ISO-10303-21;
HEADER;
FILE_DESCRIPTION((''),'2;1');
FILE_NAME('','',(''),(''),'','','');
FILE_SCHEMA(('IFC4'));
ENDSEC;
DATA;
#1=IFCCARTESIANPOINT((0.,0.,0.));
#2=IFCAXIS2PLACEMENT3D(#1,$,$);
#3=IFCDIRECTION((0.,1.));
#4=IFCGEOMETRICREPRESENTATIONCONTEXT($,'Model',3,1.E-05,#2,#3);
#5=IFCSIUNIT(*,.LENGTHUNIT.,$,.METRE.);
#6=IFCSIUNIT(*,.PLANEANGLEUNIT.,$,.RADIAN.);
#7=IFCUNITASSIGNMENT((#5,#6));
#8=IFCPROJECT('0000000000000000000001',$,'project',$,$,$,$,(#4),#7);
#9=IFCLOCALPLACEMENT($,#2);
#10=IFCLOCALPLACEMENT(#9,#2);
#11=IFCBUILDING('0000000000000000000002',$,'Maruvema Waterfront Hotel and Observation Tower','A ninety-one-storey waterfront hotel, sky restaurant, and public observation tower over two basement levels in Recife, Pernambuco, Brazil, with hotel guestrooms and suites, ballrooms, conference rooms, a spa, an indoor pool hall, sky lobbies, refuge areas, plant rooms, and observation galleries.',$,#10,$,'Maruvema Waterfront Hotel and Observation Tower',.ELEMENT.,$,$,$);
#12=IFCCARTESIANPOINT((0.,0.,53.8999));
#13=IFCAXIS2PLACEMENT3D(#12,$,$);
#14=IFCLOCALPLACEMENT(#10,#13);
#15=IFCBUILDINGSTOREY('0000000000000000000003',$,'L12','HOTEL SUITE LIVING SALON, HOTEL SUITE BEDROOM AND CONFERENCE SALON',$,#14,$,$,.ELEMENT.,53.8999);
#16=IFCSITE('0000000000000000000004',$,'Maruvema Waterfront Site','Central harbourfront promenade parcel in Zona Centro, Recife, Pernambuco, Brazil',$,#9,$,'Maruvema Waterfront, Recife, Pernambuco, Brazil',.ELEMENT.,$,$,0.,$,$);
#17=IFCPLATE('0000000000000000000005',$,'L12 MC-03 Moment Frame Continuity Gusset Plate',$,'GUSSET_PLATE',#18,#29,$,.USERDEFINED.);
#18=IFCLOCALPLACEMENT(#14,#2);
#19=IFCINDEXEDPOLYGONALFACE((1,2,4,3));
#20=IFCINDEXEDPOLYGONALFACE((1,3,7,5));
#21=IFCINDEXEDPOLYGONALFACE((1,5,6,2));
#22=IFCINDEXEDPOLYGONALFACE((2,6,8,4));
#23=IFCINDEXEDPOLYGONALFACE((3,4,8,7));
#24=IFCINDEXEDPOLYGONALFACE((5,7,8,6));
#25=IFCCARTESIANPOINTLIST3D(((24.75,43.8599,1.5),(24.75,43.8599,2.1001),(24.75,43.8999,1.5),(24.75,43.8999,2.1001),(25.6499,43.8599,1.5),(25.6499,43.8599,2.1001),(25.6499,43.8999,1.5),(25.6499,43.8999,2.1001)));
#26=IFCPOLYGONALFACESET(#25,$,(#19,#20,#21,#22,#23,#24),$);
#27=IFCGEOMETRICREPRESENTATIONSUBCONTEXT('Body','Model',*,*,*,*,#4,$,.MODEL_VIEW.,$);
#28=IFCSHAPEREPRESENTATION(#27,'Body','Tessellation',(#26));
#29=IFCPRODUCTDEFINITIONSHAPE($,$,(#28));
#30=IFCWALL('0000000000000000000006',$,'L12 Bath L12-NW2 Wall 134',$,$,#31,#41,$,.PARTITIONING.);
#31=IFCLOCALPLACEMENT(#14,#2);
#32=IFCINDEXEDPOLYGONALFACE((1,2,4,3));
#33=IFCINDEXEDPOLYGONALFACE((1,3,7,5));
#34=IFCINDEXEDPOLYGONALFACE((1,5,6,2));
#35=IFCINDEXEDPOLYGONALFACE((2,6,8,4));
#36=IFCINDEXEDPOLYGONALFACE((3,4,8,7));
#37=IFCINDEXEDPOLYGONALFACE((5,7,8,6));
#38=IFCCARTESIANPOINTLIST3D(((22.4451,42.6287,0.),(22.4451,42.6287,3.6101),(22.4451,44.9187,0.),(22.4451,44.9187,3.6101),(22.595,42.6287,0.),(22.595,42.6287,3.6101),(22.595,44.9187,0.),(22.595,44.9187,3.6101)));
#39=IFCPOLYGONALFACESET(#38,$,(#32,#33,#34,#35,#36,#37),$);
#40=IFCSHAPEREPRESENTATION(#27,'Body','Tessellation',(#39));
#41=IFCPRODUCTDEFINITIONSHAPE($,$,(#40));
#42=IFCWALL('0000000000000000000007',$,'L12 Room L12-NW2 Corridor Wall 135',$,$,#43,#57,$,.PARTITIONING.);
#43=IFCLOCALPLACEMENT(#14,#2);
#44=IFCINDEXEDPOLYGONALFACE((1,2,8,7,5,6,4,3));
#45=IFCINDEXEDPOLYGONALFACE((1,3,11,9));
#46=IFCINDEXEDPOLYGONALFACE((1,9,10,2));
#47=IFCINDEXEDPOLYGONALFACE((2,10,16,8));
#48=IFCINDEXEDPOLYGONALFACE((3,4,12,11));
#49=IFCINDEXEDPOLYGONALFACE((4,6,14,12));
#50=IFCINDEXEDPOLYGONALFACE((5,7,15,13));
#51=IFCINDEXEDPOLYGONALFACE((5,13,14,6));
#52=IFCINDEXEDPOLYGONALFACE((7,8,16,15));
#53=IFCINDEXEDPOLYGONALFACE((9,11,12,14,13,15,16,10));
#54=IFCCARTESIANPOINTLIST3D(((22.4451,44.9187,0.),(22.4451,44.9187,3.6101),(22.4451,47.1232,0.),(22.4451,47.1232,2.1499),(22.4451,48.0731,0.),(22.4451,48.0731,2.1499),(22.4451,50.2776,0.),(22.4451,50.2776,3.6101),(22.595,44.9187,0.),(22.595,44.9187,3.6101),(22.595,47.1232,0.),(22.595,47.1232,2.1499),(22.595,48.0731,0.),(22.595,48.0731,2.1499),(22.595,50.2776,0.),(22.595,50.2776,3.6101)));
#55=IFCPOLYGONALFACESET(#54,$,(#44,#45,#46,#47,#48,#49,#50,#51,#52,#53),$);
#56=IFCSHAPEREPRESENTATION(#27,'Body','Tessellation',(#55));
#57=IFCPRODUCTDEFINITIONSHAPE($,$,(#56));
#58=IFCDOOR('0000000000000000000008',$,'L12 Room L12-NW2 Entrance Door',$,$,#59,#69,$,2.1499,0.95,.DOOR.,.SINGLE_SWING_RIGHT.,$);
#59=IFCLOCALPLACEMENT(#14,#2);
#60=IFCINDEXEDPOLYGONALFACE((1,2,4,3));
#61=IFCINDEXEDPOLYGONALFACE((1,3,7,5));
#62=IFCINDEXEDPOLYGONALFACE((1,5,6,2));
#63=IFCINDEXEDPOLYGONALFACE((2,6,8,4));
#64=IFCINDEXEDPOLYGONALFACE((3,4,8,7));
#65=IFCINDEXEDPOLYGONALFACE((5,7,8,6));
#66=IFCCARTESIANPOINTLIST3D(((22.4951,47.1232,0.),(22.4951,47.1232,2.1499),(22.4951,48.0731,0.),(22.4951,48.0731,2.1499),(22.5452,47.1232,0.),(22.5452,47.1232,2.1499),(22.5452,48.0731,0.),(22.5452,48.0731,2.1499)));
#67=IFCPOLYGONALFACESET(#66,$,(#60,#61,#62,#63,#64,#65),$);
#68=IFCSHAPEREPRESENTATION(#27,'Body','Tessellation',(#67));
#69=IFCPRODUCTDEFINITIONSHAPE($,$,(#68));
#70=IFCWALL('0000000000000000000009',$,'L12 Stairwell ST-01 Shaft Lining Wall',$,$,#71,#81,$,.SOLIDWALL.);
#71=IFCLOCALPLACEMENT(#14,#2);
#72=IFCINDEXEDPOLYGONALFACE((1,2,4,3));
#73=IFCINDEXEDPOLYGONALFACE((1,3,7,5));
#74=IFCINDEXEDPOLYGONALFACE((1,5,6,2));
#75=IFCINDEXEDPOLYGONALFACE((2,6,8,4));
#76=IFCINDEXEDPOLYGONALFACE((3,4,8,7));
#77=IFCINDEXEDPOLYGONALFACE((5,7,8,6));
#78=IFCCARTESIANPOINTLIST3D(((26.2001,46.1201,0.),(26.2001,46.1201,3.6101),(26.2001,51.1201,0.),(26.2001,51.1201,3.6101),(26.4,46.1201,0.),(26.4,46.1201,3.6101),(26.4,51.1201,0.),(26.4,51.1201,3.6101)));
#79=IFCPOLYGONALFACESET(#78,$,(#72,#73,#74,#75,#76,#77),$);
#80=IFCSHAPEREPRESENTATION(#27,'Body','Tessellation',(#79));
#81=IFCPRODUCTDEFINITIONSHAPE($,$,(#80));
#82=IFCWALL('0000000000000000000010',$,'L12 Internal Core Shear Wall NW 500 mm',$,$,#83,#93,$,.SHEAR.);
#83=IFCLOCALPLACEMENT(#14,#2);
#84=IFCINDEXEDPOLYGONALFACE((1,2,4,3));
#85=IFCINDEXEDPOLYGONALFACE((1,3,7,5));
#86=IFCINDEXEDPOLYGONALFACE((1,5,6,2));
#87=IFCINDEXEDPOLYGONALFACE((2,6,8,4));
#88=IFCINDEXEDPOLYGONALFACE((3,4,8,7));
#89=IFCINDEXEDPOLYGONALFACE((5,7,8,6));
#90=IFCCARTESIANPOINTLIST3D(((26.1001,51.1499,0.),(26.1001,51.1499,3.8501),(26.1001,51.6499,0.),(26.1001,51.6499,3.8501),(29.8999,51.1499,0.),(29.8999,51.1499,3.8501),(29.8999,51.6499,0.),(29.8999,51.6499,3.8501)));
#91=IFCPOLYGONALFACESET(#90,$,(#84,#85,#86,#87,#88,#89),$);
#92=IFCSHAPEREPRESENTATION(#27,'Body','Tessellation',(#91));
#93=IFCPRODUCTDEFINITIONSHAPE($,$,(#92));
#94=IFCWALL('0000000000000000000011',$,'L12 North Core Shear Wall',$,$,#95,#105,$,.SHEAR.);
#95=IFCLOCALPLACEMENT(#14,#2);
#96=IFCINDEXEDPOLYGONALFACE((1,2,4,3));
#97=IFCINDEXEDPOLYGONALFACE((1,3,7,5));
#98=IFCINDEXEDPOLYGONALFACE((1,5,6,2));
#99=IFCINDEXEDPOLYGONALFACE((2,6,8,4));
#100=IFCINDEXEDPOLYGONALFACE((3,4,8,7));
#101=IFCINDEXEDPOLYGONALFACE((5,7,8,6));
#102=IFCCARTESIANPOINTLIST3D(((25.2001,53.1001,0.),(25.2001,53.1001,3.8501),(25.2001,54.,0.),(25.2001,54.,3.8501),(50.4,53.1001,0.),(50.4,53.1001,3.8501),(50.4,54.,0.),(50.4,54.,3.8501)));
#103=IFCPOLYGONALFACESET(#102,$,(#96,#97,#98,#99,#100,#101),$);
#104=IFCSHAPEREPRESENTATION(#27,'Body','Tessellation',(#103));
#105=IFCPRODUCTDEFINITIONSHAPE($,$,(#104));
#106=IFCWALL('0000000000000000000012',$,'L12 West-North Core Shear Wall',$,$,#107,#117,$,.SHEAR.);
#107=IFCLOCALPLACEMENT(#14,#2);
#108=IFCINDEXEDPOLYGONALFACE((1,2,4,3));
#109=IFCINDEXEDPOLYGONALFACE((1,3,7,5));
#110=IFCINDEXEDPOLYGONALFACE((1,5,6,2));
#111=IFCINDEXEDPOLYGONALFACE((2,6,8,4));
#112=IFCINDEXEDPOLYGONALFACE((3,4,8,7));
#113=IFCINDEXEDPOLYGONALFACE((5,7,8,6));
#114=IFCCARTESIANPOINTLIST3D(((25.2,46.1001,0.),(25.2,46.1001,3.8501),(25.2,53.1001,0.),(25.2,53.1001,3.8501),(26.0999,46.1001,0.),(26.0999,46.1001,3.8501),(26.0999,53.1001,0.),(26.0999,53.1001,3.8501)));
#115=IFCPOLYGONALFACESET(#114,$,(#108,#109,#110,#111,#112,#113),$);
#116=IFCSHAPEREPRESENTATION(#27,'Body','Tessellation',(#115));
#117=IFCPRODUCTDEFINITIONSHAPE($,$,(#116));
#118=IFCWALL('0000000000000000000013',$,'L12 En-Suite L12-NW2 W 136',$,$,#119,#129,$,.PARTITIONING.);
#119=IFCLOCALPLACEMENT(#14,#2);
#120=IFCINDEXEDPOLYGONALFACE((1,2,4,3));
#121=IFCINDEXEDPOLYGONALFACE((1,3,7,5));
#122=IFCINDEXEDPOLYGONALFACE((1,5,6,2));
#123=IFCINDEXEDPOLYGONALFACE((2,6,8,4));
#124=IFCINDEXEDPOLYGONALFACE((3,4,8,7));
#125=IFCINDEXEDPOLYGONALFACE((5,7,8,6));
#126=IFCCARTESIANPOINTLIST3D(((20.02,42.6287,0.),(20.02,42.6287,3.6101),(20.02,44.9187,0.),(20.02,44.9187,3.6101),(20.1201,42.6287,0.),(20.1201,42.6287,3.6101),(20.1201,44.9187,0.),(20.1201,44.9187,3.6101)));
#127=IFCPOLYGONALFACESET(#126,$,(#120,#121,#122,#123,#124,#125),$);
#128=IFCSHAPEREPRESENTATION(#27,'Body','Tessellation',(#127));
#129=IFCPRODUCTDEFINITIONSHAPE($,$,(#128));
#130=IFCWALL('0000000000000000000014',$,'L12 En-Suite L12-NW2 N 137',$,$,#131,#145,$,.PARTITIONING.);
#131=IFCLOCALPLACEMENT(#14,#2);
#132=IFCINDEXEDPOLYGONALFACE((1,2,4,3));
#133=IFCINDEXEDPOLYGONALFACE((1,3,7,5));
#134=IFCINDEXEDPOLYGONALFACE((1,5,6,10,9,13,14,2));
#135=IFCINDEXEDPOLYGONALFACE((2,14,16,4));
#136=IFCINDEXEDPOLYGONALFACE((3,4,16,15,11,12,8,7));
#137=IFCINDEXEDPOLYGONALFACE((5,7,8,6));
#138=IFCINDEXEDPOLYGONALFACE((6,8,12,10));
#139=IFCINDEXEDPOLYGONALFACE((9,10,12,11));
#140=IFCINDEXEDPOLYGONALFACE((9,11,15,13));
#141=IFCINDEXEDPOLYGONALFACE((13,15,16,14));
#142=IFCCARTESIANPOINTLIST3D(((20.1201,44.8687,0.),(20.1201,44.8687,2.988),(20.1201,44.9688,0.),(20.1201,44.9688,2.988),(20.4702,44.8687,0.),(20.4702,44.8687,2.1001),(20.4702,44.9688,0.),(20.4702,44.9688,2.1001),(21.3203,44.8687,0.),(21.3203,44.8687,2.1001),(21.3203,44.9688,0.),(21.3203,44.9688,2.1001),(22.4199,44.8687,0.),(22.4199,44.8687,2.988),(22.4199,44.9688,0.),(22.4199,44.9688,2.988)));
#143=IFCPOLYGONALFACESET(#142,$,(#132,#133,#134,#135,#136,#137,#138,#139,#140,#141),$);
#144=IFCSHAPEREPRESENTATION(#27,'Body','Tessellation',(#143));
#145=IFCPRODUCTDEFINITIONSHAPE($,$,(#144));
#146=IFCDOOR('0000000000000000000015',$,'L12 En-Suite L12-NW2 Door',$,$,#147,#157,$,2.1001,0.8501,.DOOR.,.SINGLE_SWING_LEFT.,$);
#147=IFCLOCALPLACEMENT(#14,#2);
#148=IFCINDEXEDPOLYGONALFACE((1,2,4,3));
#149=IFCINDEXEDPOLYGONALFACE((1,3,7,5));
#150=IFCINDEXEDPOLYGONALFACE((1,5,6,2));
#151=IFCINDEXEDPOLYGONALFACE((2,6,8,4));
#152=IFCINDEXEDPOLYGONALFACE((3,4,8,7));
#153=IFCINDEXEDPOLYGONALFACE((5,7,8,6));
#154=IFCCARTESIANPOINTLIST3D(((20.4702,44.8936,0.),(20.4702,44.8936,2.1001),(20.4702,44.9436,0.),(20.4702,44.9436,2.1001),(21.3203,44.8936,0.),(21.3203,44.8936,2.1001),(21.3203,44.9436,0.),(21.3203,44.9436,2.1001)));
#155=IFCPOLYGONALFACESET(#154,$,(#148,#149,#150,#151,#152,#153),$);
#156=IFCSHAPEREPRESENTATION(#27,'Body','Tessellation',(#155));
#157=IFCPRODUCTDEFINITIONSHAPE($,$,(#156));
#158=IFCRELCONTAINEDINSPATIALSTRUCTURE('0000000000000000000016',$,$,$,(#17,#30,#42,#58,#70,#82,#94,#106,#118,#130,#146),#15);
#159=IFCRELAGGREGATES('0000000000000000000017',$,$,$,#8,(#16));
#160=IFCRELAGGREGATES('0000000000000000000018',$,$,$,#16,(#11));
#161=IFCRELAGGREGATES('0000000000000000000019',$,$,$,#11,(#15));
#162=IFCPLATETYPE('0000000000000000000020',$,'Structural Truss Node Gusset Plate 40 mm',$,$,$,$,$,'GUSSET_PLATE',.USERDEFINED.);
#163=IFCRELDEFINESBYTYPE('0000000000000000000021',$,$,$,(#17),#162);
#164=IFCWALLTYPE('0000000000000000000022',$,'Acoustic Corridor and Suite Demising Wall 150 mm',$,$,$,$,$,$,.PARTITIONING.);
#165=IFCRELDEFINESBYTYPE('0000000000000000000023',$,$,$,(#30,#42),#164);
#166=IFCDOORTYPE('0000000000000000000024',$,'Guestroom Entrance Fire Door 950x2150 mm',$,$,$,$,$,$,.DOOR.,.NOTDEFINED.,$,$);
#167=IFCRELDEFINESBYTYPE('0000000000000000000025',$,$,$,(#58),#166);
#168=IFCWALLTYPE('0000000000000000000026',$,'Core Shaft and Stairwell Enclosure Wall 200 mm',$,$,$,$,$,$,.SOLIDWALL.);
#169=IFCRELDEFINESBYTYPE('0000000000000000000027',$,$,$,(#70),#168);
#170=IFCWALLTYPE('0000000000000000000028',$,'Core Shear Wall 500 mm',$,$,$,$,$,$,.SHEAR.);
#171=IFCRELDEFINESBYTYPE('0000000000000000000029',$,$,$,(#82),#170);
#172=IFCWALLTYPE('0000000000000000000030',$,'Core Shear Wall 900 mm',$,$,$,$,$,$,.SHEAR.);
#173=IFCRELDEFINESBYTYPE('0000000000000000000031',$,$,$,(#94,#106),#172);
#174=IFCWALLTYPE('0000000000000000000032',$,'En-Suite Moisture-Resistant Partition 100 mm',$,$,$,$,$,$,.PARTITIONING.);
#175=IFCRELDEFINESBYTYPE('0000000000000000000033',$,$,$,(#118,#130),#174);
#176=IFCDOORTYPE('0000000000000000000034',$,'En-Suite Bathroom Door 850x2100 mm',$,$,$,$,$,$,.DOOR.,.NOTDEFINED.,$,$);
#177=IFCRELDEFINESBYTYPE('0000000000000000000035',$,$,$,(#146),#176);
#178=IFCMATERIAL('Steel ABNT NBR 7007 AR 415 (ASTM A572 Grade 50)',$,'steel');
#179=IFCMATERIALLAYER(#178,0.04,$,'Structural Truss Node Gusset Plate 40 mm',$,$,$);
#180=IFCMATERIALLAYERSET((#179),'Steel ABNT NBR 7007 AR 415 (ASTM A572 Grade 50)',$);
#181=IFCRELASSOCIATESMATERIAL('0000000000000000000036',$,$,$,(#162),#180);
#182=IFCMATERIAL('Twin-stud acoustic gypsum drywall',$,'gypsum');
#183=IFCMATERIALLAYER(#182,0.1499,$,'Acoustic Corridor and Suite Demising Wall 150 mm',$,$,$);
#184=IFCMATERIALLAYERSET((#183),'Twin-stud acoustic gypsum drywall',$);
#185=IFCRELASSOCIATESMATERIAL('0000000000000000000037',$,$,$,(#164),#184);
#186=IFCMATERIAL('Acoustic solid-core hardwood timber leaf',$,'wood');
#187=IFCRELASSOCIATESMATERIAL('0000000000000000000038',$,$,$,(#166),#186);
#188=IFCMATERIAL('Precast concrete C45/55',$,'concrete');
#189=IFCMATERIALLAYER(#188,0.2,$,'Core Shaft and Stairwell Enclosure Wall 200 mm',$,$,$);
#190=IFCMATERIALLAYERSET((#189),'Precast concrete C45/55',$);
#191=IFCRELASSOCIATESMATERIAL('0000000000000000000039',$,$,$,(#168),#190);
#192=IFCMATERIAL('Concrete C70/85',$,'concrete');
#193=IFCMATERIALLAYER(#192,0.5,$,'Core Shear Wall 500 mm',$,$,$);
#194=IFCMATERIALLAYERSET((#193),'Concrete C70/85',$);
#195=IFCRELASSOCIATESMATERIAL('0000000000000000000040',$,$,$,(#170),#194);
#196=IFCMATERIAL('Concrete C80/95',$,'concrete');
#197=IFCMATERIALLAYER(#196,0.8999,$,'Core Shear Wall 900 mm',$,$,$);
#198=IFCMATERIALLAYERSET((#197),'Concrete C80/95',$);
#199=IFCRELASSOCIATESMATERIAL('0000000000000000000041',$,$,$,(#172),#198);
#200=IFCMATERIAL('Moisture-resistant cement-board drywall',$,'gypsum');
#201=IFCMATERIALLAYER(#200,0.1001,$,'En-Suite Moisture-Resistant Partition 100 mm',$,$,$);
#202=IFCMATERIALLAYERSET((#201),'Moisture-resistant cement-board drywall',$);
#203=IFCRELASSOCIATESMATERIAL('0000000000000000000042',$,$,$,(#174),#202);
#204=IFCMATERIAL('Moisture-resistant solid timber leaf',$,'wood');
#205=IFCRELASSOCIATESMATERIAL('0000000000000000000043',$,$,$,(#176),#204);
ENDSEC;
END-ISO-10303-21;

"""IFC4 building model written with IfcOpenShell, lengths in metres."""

from ifc_helpers import new_model, si_unit, direction, frame, frame_2d, origin, origin_2d, place, context, subcontext, project, spatial, rectangle, extrude, material, layer, layer_set, type_object, element, fill, save


model = new_model("IFC4")

# Units and contexts
model_context = context("Model", 3, precision=1e-05, world=origin(), true_north=direction((0.0, 1.0)))
body_context = subcontext(model_context, "Body", "Model", "MODEL_VIEW")
ifc_project = project(units=[si_unit("LENGTHUNIT", "METRE"), si_unit("PLANEANGLEUNIT", "RADIAN")], contexts=[model_context])

# Site, building, storey
site_placement = place(None, origin())
site = spatial("IfcSite", under=ifc_project, at=site_placement, Name="Maruvema Waterfront Site", Description="Central harbourfront promenade parcel in Zona Centro, Recife, Pernambuco, Brazil", LongName="Maruvema Waterfront, Recife, Pernambuco, Brazil", CompositionType="ELEMENT", RefElevation=0.0)
building_placement = place(site_placement, origin())
building = spatial("IfcBuilding", under=site, at=building_placement, Name="Maruvema Waterfront Hotel and Observation Tower", Description="A ninety-one-storey waterfront hotel, sky restaurant, and public observation tower over two basement levels in Recife, Pernambuco, Brazil, with hotel guestrooms and suites, ballrooms, conference rooms, a spa, an indoor pool hall, sky lobbies, refuge areas, plant rooms, and observation galleries.", LongName="Maruvema Waterfront Hotel and Observation Tower", CompositionType="ELEMENT")
storey_placement = place(building_placement, frame((0.0, 0.0, 53.8999)))
storey = spatial("IfcBuildingStorey", under=building, at=storey_placement, Name="L12", Description="HOTEL SUITE LIVING SALON, HOTEL SUITE BEDROOM AND CONFERENCE SALON", CompositionType="ELEMENT", Elevation=53.8999)

# Plate
ifc_material_1 = material(Name="Steel ABNT NBR 7007 AR 415 (ASTM A572 Grade 50)", Category="steel")
ifc_layer_1 = layer(ifc_material_1, 0.04, Name="Structural Truss Node Gusset Plate 40 mm")
ifc_layer_set_1 = layer_set([ifc_layer_1], Name="Steel ABNT NBR 7007 AR 415 (ASTM A572 Grade 50)")
plate_type_1 = type_object("IfcPlateType", Name="Structural Truss Node Gusset Plate 40 mm", ElementType="GUSSET_PLATE", PredefinedType="USERDEFINED", material=ifc_layer_set_1)
plate_1_placement = place(storey_placement, frame((25.2, 43.8799, 1.5), z_axis=(0.0, 0.0, 1.0), x_axis=(1.0, 0.0, 0.0)))
element("IfcPlate", 1, at=plate_1_placement, inside=storey, type_object=plate_type_1, Name="L12 MC-03 Moment Frame Continuity Gusset Plate", ObjectType="GUSSET_PLATE", PredefinedType="USERDEFINED", context=body_context, shape_type="SweptSolid", body=[
    extrude(rectangle(XDim=0.8999, YDim=0.04, at=origin_2d()), origin(), (0.0, 0.0, 1.0), 0.6001),
])

# Wall
ifc_material_2 = material(Name="Twin-stud acoustic gypsum drywall", Category="gypsum")
ifc_layer_2 = layer(ifc_material_2, 0.1499, Name="Acoustic Corridor and Suite Demising Wall 150 mm")
ifc_layer_set_2 = layer_set([ifc_layer_2], Name="Twin-stud acoustic gypsum drywall")
wall_type_1 = type_object("IfcWallType", Name="Acoustic Corridor and Suite Demising Wall 150 mm", PredefinedType="PARTITIONING", material=ifc_layer_set_2)
wall_1_placement = place(storey_placement, frame((22.52, 42.6287, 0.0), z_axis=(0.0, 0.0, 1.0), x_axis=(0.0, 1.0, 0.0)))
element("IfcWall", 2, at=wall_1_placement, inside=storey, type_object=wall_type_1, Name="L12 Bath L12-NW2 Wall 134", PredefinedType="PARTITIONING", context=body_context, shape_type="SweptSolid", body=[
    extrude(rectangle(XDim=2.29, YDim=0.1499, at=frame_2d((1.145, 0.0))), origin(), (0.0, 0.0, 1.0), 3.6101),
])

# Wall, opening, door
wall_2_placement = place(storey_placement, frame((22.52, 44.9187, 0.0), z_axis=(0.0, 0.0, 1.0), x_axis=(0.0, 1.0, 0.0)))
wall_2 = element("IfcWall", 3, at=wall_2_placement, inside=storey, type_object=wall_type_1, Name="L12 Room L12-NW2 Corridor Wall 135", PredefinedType="PARTITIONING", context=body_context, shape_type="SweptSolid", body=[
    extrude(rectangle(XDim=5.3589, YDim=0.1499, at=frame_2d((2.6794, 0.0))), origin(), (0.0, 0.0, 1.0), 3.6101),
])
opening_1_placement = place(wall_2_placement, frame((2.2043, 0.0, 0.0)))
opening_1 = element("IfcOpeningElement", 4, at=opening_1_placement, cuts=wall_2, PredefinedType="OPENING", context=body_context, shape_type="SweptSolid", body=[
    extrude(rectangle(XDim=0.95, YDim=2.1499, at=frame_2d((0.4751, 1.075))), frame((0.0, 0.085, 0.0), z_axis=(0.0, -1.0, 0.0), x_axis=(1.0, 0.0, 0.0)), (0.0, 0.0, 1.0), 0.1699),
])
ifc_material_3 = material(Name="Acoustic solid-core hardwood timber leaf", Category="wood")
door_type_1 = type_object("IfcDoorType", Name="Guestroom Entrance Fire Door 950x2150 mm", OperationType="NOTDEFINED", PredefinedType="DOOR", material=ifc_material_3)
door_1_placement = place(opening_1_placement, origin())
door_1 = element("IfcDoor", 5, at=door_1_placement, inside=storey, type_object=door_type_1, Name="L12 Room L12-NW2 Entrance Door", OperationType="SINGLE_SWING_RIGHT", OverallHeight=2.1499, OverallWidth=0.95, PredefinedType="DOOR", context=body_context, shape_type="SweptSolid", body=[
    extrude(rectangle(XDim=0.95, YDim=2.1499, at=frame_2d((0.4751, 1.075))), frame((0.0, 0.0249, 0.0), z_axis=(0.0, -1.0, 0.0), x_axis=(1.0, 0.0, 0.0)), (0.0, 0.0, 1.0), 0.05),
])
fill(opening_1, door_1)

# Walls
ifc_material_4 = material(Name="Precast concrete C45/55", Category="concrete")
ifc_layer_3 = layer(ifc_material_4, 0.2, Name="Core Shaft and Stairwell Enclosure Wall 200 mm")
ifc_layer_set_3 = layer_set([ifc_layer_3], Name="Precast concrete C45/55")
wall_type_2 = type_object("IfcWallType", Name="Core Shaft and Stairwell Enclosure Wall 200 mm", PredefinedType="SOLIDWALL", material=ifc_layer_set_3)
wall_3_placement = place(storey_placement, frame((26.3, 46.1201, 0.0), z_axis=(0.0, 0.0, 1.0), x_axis=(0.0, 1.0, 0.0)))
element("IfcWall", 6, at=wall_3_placement, inside=storey, type_object=wall_type_2, Name="L12 Stairwell ST-01 Shaft Lining Wall", PredefinedType="SOLIDWALL", context=body_context, shape_type="SweptSolid", body=[
    extrude(rectangle(XDim=5.0, YDim=0.2, at=frame_2d((2.5, 0.0))), origin(), (0.0, 0.0, 1.0), 3.6101),
])
ifc_material_5 = material(Name="Concrete C70/85", Category="concrete")
ifc_layer_4 = layer(ifc_material_5, 0.5, Name="Core Shear Wall 500 mm")
ifc_layer_set_4 = layer_set([ifc_layer_4], Name="Concrete C70/85")
wall_type_3 = type_object("IfcWallType", Name="Core Shear Wall 500 mm", PredefinedType="SHEAR", material=ifc_layer_set_4)
wall_4_placement = place(storey_placement, frame((26.1001, 51.3999, 0.0), z_axis=(0.0, 0.0, 1.0), x_axis=(1.0, 0.0, 0.0)))
element("IfcWall", 7, at=wall_4_placement, inside=storey, type_object=wall_type_3, Name="L12 Internal Core Shear Wall NW 500 mm", PredefinedType="SHEAR", context=body_context, shape_type="SweptSolid", body=[
    extrude(rectangle(XDim=3.7998, YDim=0.5, at=frame_2d((1.8999, 0.0))), origin(), (0.0, 0.0, 1.0), 3.8501),
])
ifc_material_6 = material(Name="Concrete C80/95", Category="concrete")
ifc_layer_5 = layer(ifc_material_6, 0.8999, Name="Core Shear Wall 900 mm")
ifc_layer_set_5 = layer_set([ifc_layer_5], Name="Concrete C80/95")
wall_type_4 = type_object("IfcWallType", Name="Core Shear Wall 900 mm", PredefinedType="SHEAR", material=ifc_layer_set_5)
wall_5_placement = place(storey_placement, frame((25.2, 53.55, 0.0), z_axis=(0.0, 0.0, 1.0), x_axis=(1.0, 0.0, 0.0)))
element("IfcWall", 8, at=wall_5_placement, inside=storey, type_object=wall_type_4, Name="L12 North Core Shear Wall", PredefinedType="SHEAR", context=body_context, shape_type="SweptSolid", body=[
    extrude(rectangle(XDim=25.2, YDim=0.8999, at=frame_2d((12.6001, 0.0))), origin(), (0.0, 0.0, 1.0), 3.8501),
])
wall_6_placement = place(storey_placement, frame((25.6499, 46.1001, 0.0), z_axis=(0.0, 0.0, 1.0), x_axis=(0.0, 1.0, 0.0)))
element("IfcWall", 9, at=wall_6_placement, inside=storey, type_object=wall_type_4, Name="L12 West-North Core Shear Wall", PredefinedType="SHEAR", context=body_context, shape_type="SweptSolid", body=[
    extrude(rectangle(XDim=7.0, YDim=0.8999, at=frame_2d((3.5, 0.0))), origin(), (0.0, 0.0, 1.0), 3.8501),
])
ifc_material_7 = material(Name="Moisture-resistant cement-board drywall", Category="gypsum")
ifc_layer_6 = layer(ifc_material_7, 0.1001, Name="En-Suite Moisture-Resistant Partition 100 mm")
ifc_layer_set_6 = layer_set([ifc_layer_6], Name="Moisture-resistant cement-board drywall")
wall_type_5 = type_object("IfcWallType", Name="En-Suite Moisture-Resistant Partition 100 mm", PredefinedType="PARTITIONING", material=ifc_layer_set_6)
wall_7_placement = place(storey_placement, frame((20.0701, 42.6287, 0.0), z_axis=(0.0, 0.0, 1.0), x_axis=(0.0, 1.0, 0.0)))
element("IfcWall", 10, at=wall_7_placement, inside=storey, type_object=wall_type_5, Name="L12 En-Suite L12-NW2 W 136", PredefinedType="PARTITIONING", context=body_context, shape_type="SweptSolid", body=[
    extrude(rectangle(XDim=2.29, YDim=0.1001, at=frame_2d((1.145, 0.0))), origin(), (0.0, 0.0, 1.0), 3.6101),
])

# Wall, opening, door
wall_8_placement = place(storey_placement, frame((20.1201, 44.9187, 0.0), z_axis=(0.0, 0.0, 1.0), x_axis=(1.0, 0.0, 0.0)))
wall_8 = element("IfcWall", 11, at=wall_8_placement, inside=storey, type_object=wall_type_5, Name="L12 En-Suite L12-NW2 N 137", PredefinedType="PARTITIONING", context=body_context, shape_type="SweptSolid", body=[
    extrude(rectangle(XDim=2.2998, YDim=0.1001, at=frame_2d((1.1499, 0.0))), origin(), (0.0, 0.0, 1.0), 2.988),
])
opening_2_placement = place(wall_8_placement, frame((0.3501, 0.0, 0.0)))
opening_2 = element("IfcOpeningElement", 12, at=opening_2_placement, cuts=wall_8, PredefinedType="OPENING", context=body_context, shape_type="SweptSolid", body=[
    extrude(rectangle(XDim=0.8501, YDim=2.1001, at=frame_2d((0.425, 1.05))), frame((0.0, 0.0601, 0.0), z_axis=(0.0, -1.0, 0.0), x_axis=(1.0, 0.0, 0.0)), (0.0, 0.0, 1.0), 0.1201),
])
ifc_material_8 = material(Name="Moisture-resistant solid timber leaf", Category="wood")
door_type_2 = type_object("IfcDoorType", Name="En-Suite Bathroom Door 850x2100 mm", OperationType="NOTDEFINED", PredefinedType="DOOR", material=ifc_material_8)
door_2_placement = place(opening_2_placement, origin())
door_2 = element("IfcDoor", 13, at=door_2_placement, inside=storey, type_object=door_type_2, Name="L12 En-Suite L12-NW2 Door", OperationType="SINGLE_SWING_LEFT", OverallHeight=2.1001, OverallWidth=0.8501, PredefinedType="DOOR", context=body_context, shape_type="SweptSolid", body=[
    extrude(rectangle(XDim=0.8501, YDim=2.1001, at=frame_2d((0.425, 1.05))), frame((0.0, 0.0249, 0.0), z_axis=(0.0, -1.0, 0.0), x_axis=(1.0, 0.0, 0.0)), (0.0, 0.0, 1.0), 0.05),
])
fill(opening_2, door_2)

save(model, "model.ifc")
